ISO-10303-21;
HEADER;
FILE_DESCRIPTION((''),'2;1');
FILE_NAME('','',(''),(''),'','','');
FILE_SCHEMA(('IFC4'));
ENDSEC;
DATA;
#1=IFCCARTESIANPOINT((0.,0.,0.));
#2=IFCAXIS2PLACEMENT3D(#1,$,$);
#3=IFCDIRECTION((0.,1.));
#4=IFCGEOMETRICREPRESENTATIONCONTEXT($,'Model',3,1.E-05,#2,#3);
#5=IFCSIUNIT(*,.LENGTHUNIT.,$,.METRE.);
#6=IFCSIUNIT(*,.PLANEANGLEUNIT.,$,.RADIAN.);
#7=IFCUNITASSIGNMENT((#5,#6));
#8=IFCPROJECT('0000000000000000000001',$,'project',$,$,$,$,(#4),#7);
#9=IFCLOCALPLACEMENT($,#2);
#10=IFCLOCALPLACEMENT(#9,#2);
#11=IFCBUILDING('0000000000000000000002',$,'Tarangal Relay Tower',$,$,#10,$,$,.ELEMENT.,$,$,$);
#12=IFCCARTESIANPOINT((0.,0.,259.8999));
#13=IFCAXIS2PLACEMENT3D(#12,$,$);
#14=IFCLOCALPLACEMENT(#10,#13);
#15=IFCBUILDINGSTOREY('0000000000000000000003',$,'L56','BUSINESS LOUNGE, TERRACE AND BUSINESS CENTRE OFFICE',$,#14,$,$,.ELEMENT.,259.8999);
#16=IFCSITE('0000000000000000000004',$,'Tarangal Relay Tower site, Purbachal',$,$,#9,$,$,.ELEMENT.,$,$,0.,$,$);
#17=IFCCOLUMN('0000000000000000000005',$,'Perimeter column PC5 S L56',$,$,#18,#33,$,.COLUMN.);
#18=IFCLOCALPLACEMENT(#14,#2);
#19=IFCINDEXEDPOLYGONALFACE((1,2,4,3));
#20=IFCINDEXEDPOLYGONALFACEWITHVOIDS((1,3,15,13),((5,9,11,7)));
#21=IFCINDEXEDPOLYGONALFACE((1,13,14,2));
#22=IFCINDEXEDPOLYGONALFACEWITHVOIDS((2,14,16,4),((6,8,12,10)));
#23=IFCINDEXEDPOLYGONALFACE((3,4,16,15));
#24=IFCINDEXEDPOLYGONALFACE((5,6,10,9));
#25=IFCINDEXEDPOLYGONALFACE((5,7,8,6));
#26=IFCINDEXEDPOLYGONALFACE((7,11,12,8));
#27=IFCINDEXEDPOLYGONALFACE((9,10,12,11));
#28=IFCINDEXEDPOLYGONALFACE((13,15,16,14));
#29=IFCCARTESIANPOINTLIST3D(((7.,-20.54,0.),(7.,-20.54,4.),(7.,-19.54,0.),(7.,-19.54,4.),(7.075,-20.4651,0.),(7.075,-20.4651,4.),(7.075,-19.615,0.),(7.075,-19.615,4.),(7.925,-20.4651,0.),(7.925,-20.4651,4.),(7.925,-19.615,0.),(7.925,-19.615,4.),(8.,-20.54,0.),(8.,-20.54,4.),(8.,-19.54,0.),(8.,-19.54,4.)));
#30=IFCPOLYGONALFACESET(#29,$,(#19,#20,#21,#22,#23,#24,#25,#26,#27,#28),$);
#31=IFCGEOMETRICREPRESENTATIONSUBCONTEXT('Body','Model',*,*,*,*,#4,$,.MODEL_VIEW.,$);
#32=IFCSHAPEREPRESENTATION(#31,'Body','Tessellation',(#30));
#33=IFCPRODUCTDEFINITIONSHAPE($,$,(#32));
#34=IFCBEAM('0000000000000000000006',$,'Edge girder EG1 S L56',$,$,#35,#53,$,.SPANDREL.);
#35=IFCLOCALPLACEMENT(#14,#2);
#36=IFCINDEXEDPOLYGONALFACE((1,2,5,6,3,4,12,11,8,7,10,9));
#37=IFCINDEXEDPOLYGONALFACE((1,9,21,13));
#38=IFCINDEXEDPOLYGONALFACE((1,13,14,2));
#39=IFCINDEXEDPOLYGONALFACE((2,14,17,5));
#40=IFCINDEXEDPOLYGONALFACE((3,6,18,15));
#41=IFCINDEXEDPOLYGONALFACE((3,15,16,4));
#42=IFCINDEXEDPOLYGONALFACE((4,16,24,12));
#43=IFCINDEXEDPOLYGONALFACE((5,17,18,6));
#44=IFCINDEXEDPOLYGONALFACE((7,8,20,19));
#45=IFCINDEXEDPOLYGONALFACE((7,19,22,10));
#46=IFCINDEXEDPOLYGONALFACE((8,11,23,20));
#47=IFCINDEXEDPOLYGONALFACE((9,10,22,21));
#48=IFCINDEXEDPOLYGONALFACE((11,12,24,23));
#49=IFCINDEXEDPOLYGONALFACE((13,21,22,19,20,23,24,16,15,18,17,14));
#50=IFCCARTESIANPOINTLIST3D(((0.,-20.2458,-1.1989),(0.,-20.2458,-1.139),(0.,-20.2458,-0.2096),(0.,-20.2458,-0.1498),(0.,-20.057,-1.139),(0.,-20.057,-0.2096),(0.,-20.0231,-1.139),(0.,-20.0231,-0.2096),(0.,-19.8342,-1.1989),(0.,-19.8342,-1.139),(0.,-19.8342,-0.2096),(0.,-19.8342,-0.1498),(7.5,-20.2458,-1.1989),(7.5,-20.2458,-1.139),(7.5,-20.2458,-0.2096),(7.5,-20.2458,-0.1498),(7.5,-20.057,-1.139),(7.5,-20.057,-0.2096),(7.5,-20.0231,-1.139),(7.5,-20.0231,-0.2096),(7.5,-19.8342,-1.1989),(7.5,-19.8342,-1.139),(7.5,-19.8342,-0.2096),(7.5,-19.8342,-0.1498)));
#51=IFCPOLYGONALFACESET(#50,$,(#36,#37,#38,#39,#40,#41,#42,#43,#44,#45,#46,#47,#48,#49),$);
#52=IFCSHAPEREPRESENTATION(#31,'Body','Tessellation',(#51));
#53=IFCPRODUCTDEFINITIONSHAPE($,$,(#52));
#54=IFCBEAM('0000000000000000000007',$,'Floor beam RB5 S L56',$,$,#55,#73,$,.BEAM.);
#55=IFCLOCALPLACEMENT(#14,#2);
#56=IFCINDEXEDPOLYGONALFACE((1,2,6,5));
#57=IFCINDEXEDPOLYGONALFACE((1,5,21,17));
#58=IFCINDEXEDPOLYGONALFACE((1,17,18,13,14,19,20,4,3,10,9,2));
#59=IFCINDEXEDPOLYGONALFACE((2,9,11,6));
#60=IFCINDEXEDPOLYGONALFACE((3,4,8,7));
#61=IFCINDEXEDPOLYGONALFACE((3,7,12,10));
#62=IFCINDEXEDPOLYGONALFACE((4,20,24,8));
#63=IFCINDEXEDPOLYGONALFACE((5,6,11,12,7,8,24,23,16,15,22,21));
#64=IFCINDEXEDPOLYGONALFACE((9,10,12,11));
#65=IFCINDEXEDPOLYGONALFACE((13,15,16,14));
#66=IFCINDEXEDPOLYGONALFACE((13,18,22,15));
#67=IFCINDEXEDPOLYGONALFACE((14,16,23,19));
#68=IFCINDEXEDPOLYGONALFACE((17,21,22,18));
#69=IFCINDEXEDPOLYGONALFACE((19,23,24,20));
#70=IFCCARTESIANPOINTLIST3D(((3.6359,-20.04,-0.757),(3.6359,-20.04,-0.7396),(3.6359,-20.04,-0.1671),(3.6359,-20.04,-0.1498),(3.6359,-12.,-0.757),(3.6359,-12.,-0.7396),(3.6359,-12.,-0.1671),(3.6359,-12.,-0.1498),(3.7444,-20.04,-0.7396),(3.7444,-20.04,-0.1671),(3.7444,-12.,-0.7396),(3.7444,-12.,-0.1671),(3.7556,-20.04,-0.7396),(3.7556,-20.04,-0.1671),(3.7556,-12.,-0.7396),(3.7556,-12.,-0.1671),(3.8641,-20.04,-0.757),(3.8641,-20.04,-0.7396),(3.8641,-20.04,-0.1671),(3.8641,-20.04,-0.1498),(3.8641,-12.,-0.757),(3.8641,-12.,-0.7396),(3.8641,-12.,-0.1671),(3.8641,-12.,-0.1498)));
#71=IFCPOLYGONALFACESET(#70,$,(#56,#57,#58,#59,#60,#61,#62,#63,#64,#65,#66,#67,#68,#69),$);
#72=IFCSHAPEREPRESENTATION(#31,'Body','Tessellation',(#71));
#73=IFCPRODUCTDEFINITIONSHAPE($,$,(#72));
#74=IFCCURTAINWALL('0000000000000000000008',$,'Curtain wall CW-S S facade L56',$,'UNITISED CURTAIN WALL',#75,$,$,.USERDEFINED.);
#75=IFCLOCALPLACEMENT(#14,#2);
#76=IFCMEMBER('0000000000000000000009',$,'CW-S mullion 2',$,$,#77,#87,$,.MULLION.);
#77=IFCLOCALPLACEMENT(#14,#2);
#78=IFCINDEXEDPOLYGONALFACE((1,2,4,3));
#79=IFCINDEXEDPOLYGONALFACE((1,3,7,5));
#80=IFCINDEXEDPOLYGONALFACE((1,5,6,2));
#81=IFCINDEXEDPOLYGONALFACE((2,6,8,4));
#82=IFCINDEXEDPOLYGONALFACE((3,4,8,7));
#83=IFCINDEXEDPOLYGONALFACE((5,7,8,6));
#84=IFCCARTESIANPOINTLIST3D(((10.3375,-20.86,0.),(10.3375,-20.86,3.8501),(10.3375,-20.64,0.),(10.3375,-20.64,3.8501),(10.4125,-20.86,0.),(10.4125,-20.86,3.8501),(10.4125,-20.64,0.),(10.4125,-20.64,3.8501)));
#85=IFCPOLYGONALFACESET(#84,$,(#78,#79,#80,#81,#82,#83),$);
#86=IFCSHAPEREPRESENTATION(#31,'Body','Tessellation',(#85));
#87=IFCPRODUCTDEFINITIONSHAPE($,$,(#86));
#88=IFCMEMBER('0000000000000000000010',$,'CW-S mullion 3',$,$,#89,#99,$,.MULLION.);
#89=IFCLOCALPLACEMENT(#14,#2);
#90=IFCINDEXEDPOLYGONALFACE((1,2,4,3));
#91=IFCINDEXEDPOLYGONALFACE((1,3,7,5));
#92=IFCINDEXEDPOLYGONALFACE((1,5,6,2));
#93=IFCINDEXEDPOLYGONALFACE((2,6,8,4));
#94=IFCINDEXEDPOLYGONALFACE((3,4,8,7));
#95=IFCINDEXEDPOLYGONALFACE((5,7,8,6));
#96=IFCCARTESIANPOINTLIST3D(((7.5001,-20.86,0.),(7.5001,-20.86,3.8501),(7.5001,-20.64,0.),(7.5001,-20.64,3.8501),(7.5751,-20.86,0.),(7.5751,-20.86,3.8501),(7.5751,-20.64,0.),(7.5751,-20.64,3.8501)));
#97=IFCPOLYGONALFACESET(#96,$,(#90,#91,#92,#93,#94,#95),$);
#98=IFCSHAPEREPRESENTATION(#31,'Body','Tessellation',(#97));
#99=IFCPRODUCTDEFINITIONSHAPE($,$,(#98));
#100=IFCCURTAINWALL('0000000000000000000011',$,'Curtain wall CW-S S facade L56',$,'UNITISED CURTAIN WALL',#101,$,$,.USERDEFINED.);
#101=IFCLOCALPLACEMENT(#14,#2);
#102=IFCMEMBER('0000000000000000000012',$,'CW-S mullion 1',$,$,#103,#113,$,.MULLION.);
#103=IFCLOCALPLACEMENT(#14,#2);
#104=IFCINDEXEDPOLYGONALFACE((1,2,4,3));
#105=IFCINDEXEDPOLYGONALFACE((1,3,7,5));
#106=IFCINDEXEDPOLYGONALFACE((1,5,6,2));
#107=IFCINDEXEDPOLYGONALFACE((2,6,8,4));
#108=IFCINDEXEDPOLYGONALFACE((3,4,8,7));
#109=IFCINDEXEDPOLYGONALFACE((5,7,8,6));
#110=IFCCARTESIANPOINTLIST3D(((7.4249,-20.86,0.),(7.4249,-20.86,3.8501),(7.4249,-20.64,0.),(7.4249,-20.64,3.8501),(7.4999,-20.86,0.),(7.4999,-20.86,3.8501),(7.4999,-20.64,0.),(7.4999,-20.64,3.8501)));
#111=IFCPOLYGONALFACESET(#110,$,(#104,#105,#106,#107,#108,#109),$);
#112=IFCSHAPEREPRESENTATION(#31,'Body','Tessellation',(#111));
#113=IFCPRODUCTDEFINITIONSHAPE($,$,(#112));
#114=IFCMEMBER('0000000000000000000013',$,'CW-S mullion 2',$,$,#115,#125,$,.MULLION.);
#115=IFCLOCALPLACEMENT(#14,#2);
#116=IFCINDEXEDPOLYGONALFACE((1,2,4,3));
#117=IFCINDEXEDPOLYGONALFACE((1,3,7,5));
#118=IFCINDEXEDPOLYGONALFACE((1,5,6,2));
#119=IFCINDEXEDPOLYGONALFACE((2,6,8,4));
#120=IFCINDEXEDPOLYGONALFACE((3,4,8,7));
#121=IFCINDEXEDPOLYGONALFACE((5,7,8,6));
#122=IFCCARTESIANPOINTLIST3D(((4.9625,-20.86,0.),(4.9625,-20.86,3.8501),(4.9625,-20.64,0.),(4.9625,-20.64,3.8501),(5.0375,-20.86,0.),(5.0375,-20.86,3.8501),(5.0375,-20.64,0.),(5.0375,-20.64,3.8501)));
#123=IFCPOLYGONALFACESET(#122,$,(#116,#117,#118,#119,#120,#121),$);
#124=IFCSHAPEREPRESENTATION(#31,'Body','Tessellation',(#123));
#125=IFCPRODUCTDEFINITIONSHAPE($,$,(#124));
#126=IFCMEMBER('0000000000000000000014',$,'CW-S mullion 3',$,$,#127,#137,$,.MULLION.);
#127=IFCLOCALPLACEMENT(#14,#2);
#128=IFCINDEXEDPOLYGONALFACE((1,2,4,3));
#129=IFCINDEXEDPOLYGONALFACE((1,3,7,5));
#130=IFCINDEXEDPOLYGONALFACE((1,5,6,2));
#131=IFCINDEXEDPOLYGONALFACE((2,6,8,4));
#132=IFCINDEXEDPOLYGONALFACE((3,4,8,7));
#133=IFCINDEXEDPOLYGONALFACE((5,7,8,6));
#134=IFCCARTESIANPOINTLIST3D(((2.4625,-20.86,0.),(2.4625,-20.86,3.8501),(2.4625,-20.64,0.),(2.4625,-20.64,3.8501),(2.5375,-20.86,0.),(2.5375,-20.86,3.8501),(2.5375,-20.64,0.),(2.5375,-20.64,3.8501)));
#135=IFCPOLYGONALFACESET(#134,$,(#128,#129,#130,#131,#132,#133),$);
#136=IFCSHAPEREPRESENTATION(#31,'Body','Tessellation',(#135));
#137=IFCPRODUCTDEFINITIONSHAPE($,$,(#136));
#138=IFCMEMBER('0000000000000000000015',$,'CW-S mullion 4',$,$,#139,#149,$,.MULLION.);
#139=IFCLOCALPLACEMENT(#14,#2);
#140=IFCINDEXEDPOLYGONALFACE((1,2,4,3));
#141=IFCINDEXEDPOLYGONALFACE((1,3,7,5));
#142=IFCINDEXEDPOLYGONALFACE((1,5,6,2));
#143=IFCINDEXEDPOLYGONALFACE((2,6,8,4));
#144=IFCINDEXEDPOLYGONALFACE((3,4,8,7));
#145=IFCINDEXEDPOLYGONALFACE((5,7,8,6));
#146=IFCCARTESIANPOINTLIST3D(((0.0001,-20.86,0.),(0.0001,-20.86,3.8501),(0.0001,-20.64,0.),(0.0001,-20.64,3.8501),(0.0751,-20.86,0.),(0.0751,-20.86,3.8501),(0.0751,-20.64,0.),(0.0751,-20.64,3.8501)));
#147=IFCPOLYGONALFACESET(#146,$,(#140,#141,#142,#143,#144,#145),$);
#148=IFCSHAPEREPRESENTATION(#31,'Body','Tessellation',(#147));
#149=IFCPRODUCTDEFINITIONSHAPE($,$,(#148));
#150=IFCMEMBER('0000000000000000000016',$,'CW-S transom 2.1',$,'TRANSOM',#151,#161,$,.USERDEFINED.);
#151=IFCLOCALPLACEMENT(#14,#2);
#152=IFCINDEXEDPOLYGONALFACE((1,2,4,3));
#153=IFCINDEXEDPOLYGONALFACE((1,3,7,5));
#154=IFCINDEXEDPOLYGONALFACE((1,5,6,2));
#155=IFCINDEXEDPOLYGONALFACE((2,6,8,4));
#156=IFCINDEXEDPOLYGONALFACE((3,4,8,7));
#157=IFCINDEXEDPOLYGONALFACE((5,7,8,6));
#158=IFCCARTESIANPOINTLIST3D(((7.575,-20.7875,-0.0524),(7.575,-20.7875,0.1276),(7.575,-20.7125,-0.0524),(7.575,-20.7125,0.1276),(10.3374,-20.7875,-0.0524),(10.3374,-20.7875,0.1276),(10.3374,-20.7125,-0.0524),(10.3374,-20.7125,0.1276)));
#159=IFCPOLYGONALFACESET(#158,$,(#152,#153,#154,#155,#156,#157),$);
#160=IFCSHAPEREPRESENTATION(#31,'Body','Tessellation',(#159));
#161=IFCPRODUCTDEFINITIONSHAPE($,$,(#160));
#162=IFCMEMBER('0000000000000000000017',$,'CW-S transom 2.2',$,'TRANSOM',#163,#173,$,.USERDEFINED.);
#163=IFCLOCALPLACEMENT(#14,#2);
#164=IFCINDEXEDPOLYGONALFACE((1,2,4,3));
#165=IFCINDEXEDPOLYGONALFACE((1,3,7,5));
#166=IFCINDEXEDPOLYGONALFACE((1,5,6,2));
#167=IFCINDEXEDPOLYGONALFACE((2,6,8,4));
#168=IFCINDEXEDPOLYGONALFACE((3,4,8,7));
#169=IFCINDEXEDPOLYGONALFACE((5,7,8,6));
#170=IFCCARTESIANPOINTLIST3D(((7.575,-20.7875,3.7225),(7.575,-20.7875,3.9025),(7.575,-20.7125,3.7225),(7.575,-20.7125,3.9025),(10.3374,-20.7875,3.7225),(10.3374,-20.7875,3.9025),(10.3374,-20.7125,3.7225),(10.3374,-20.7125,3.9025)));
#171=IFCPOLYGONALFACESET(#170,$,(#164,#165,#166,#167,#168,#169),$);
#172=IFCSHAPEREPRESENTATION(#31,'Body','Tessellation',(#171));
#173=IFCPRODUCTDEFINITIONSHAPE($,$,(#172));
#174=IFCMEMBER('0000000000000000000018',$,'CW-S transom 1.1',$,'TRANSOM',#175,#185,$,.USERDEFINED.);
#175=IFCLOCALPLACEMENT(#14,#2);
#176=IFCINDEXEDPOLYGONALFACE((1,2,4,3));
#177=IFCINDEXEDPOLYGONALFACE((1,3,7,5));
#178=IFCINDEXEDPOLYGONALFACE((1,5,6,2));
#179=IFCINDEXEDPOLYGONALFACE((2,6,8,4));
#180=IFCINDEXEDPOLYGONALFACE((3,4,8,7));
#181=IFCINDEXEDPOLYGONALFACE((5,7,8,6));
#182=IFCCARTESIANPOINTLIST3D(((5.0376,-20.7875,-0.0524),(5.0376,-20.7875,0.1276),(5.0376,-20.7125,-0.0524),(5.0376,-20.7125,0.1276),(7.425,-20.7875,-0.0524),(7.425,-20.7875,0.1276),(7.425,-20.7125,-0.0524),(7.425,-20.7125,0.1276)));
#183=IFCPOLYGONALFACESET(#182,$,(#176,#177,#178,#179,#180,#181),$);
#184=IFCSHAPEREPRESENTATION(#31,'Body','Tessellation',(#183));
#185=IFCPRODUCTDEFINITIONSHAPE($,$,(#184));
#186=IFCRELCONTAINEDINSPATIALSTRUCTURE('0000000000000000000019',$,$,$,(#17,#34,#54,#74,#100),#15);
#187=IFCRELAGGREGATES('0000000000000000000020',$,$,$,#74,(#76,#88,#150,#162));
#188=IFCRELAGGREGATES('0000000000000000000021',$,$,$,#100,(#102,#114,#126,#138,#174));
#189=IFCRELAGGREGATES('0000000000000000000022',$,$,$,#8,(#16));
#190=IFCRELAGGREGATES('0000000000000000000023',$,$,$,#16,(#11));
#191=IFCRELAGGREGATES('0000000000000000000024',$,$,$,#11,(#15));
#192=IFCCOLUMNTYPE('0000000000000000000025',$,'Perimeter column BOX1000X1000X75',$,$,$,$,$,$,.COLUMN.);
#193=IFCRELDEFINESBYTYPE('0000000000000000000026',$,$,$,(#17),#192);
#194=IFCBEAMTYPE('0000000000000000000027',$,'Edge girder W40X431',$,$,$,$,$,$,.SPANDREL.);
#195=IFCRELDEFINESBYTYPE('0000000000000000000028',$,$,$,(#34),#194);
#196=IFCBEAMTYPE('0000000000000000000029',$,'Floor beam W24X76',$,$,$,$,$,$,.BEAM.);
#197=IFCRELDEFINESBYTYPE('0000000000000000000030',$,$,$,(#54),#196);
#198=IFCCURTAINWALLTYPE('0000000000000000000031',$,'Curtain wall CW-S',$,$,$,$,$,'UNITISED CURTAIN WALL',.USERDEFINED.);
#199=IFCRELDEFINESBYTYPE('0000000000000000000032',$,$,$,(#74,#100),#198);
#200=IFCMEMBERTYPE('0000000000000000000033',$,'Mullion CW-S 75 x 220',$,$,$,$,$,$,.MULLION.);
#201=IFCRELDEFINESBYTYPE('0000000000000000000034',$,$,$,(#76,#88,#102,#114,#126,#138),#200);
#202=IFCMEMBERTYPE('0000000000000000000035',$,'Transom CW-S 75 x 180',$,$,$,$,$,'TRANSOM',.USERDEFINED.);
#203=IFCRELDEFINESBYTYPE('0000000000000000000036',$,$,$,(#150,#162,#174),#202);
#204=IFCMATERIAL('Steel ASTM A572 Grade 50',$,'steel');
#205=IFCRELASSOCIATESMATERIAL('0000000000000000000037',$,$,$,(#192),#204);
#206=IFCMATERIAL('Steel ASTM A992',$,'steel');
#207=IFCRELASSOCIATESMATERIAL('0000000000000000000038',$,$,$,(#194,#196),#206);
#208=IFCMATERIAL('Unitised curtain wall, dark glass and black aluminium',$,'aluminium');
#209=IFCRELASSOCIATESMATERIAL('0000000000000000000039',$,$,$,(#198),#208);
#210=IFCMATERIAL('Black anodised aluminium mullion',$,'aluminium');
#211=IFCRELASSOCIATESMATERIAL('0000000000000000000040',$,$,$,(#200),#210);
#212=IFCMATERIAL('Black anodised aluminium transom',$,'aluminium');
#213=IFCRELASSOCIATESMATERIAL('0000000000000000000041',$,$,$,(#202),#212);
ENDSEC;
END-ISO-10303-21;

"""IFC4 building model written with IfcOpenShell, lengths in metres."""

from ifc_helpers import new_model, si_unit, direction, frame, origin, origin_2d, place, context, subcontext, project, spatial, rectangle, hollow_rectangle, i_section, extrude, material, material_profile, profile_set, type_object, element, aggregate, save


model = new_model("IFC4")

# Units and contexts
model_context = context("Model", 3, precision=1e-05, world=origin(), true_north=direction((0.0, 1.0)))
body_context = subcontext(model_context, "Body", "Model", "MODEL_VIEW")
ifc_project = project(units=[si_unit("LENGTHUNIT", "METRE"), si_unit("PLANEANGLEUNIT", "RADIAN")], contexts=[model_context])

# Site, building, storey
site_placement = place(None, origin())
site = spatial("IfcSite", under=ifc_project, at=site_placement, Name="Tarangal Relay Tower site, Purbachal", CompositionType="ELEMENT", RefElevation=0.0)
building_placement = place(site_placement, origin())
building = spatial("IfcBuilding", under=site, at=building_placement, Name="Tarangal Relay Tower", CompositionType="ELEMENT")
storey_placement = place(building_placement, frame((0.0, 0.0, 259.8999)))
storey = spatial("IfcBuildingStorey", under=building, at=storey_placement, Name="L56", Description="BUSINESS LOUNGE, TERRACE AND BUSINESS CENTRE OFFICE", CompositionType="ELEMENT", Elevation=259.8999)

# Column
ifc_material_1 = material(Name="Steel ASTM A572 Grade 50", Category="steel")
ifc_material_profile_1 = material_profile(ifc_material_1, hollow_rectangle(XDim=1.0, YDim=1.0, WallThickness=0.075, at=origin_2d()), Name="BOX1000X1000X75")
ifc_profile_set_1 = profile_set([ifc_material_profile_1], Name="Steel ASTM A572 Grade 50")
column_type = type_object("IfcColumnType", Name="Perimeter column BOX1000X1000X75", PredefinedType="COLUMN", material=ifc_profile_set_1)
column_placement = place(storey_placement, frame((7.5, -20.04, 0.0), z_axis=(0.0, 0.0, 1.0), x_axis=(1.0, 0.0, 0.0)))
element("IfcColumn", 1, at=column_placement, inside=storey, type_object=column_type, Name="Perimeter column PC5 S L56", PredefinedType="COLUMN", context=body_context, shape_type="SweptSolid", body=[
    extrude(hollow_rectangle(XDim=1.0, YDim=1.0, WallThickness=0.075, at=origin_2d()), origin(), (0.0, 0.0, 1.0), 4.0),
])

# Beams
ifc_material_2 = material(Name="Steel ASTM A992", Category="steel")
ifc_material_profile_2 = material_profile(ifc_material_2, i_section(OverallWidth=0.4116, OverallDepth=1.0491, WebThickness=0.0339, FlangeThickness=0.0598, at=origin_2d()), Name="W40X431")
ifc_profile_set_2 = profile_set([ifc_material_profile_2], Name="Steel ASTM A992")
beam_type_1 = type_object("IfcBeamType", Name="Edge girder W40X431", PredefinedType="SPANDREL", material=ifc_profile_set_2)
beam_1_placement = place(storey_placement, frame((7.5, -20.04, -0.6743), z_axis=(-1.0, 0.0, 0.0), x_axis=(0.0, -1.0, 0.0)))
element("IfcBeam", 2, at=beam_1_placement, inside=storey, type_object=beam_type_1, Name="Edge girder EG1 S L56", PredefinedType="SPANDREL", context=body_context, shape_type="SweptSolid", body=[
    extrude(i_section(OverallWidth=0.4116, OverallDepth=1.0491, WebThickness=0.0339, FlangeThickness=0.0598, at=origin_2d()), origin(), (0.0, 0.0, 1.0), 7.5),
])
ifc_material_profile_3 = material_profile(ifc_material_2, i_section(OverallWidth=0.2283, OverallDepth=0.6072, WebThickness=0.0112, FlangeThickness=0.0173, at=origin_2d()), Name="W24X76")
ifc_profile_set_3 = profile_set([ifc_material_profile_3], Name="Steel ASTM A992")
beam_type_2 = type_object("IfcBeamType", Name="Floor beam W24X76", PredefinedType="BEAM", material=ifc_profile_set_3)
beam_2_placement = place(storey_placement, frame((3.75, -12.0, -0.4534), z_axis=(0.0, -1.0, 0.0), x_axis=(1.0, 0.0, 0.0)))
element("IfcBeam", 3, at=beam_2_placement, inside=storey, type_object=beam_type_2, Name="Floor beam RB5 S L56", PredefinedType="BEAM", context=body_context, shape_type="SweptSolid", body=[
    extrude(i_section(OverallWidth=0.2283, OverallDepth=0.6072, WebThickness=0.0112, FlangeThickness=0.0173, at=origin_2d()), origin(), (0.0, 0.0, 1.0), 8.04),
])

# Curtain walls, members
ifc_material_3 = material(Name="Unitised curtain wall, dark glass and black aluminium", Category="aluminium")
curtain_wall_type = type_object("IfcCurtainWallType", Name="Curtain wall CW-S", ElementType="UNITISED CURTAIN WALL", PredefinedType="USERDEFINED", material=ifc_material_3)
curtain_wall_1_placement = place(storey_placement, origin())
curtain_wall_1 = element("IfcCurtainWall", 4, at=curtain_wall_1_placement, inside=storey, type_object=curtain_wall_type, Name="Curtain wall CW-S S facade L56", ObjectType="UNITISED CURTAIN WALL", PredefinedType="USERDEFINED")
ifc_material_4 = material(Name="Black anodised aluminium mullion", Category="aluminium")
ifc_material_profile_4 = material_profile(ifc_material_4, rectangle(XDim=0.22, YDim=0.075, at=origin_2d()), Name="CW-SM 75X220")
ifc_profile_set_4 = profile_set([ifc_material_profile_4], Name="Black anodised aluminium mullion")
member_type_1 = type_object("IfcMemberType", Name="Mullion CW-S 75 x 220", PredefinedType="MULLION", material=ifc_profile_set_4)
member_1_placement = place(storey_placement, frame((10.375, -20.75, 0.0), z_axis=(0.0, 0.0, 1.0), x_axis=(0.0, -1.0, 0.0)))
member_1 = element("IfcMember", 5, at=member_1_placement, type_object=member_type_1, Name="CW-S mullion 2", PredefinedType="MULLION", context=body_context, shape_type="SweptSolid", body=[
    extrude(rectangle(XDim=0.22, YDim=0.075, at=origin_2d()), origin(), (0.0, 0.0, 1.0), 3.8501),
])
member_2_placement = place(storey_placement, frame((7.5376, -20.75, 0.0), z_axis=(0.0, 0.0, 1.0), x_axis=(0.0, -1.0, 0.0)))
member_2 = element("IfcMember", 6, at=member_2_placement, type_object=member_type_1, Name="CW-S mullion 3", PredefinedType="MULLION", context=body_context, shape_type="SweptSolid", body=[
    extrude(rectangle(XDim=0.22, YDim=0.075, at=origin_2d()), origin(), (0.0, 0.0, 1.0), 3.8501),
])
curtain_wall_2_placement = place(storey_placement, origin())
curtain_wall_2 = element("IfcCurtainWall", 7, at=curtain_wall_2_placement, inside=storey, type_object=curtain_wall_type, Name="Curtain wall CW-S S facade L56", ObjectType="UNITISED CURTAIN WALL", PredefinedType="USERDEFINED")
member_3_placement = place(storey_placement, frame((7.4624, -20.75, 0.0), z_axis=(0.0, 0.0, 1.0), x_axis=(0.0, -1.0, 0.0)))
member_3 = element("IfcMember", 8, at=member_3_placement, type_object=member_type_1, Name="CW-S mullion 1", PredefinedType="MULLION", context=body_context, shape_type="SweptSolid", body=[
    extrude(rectangle(XDim=0.22, YDim=0.075, at=origin_2d()), origin(), (0.0, 0.0, 1.0), 3.8501),
])
member_4_placement = place(storey_placement, frame((5.0, -20.75, 0.0), z_axis=(0.0, 0.0, 1.0), x_axis=(0.0, -1.0, 0.0)))
member_4 = element("IfcMember", 9, at=member_4_placement, type_object=member_type_1, Name="CW-S mullion 2", PredefinedType="MULLION", context=body_context, shape_type="SweptSolid", body=[
    extrude(rectangle(XDim=0.22, YDim=0.075, at=origin_2d()), origin(), (0.0, 0.0, 1.0), 3.8501),
])
member_5_placement = place(storey_placement, frame((2.5, -20.75, 0.0), z_axis=(0.0, 0.0, 1.0), x_axis=(0.0, -1.0, 0.0)))
member_5 = element("IfcMember", 10, at=member_5_placement, type_object=member_type_1, Name="CW-S mullion 3", PredefinedType="MULLION", context=body_context, shape_type="SweptSolid", body=[
    extrude(rectangle(XDim=0.22, YDim=0.075, at=origin_2d()), origin(), (0.0, 0.0, 1.0), 3.8501),
])
member_6_placement = place(storey_placement, frame((0.0376, -20.75, 0.0), z_axis=(0.0, 0.0, 1.0), x_axis=(0.0, -1.0, 0.0)))
member_6 = element("IfcMember", 11, at=member_6_placement, type_object=member_type_1, Name="CW-S mullion 4", PredefinedType="MULLION", context=body_context, shape_type="SweptSolid", body=[
    extrude(rectangle(XDim=0.22, YDim=0.075, at=origin_2d()), origin(), (0.0, 0.0, 1.0), 3.8501),
])

# Members
ifc_material_5 = material(Name="Black anodised aluminium transom", Category="aluminium")
ifc_material_profile_5 = material_profile(ifc_material_5, rectangle(XDim=0.075, YDim=0.1799, at=origin_2d()), Name="CW-ST 75X180")
ifc_profile_set_5 = profile_set([ifc_material_profile_5], Name="Black anodised aluminium transom")
member_type_2 = type_object("IfcMemberType", Name="Transom CW-S 75 x 180", ElementType="TRANSOM", PredefinedType="USERDEFINED", material=ifc_profile_set_5)
member_7_placement = place(storey_placement, frame((10.3374, -20.75, 0.0376), z_axis=(-1.0, 0.0, 0.0), x_axis=(0.0, -1.0, 0.0)))
member_7 = element("IfcMember", 12, at=member_7_placement, type_object=member_type_2, Name="CW-S transom 2.1", ObjectType="TRANSOM", PredefinedType="USERDEFINED", context=body_context, shape_type="SweptSolid", body=[
    extrude(rectangle(XDim=0.075, YDim=0.1799, at=origin_2d()), origin(), (0.0, 0.0, 1.0), 2.7625),
])
member_8_placement = place(storey_placement, frame((10.3374, -20.75, 3.8125), z_axis=(-1.0, 0.0, 0.0), x_axis=(0.0, -1.0, 0.0)))
member_8 = element("IfcMember", 13, at=member_8_placement, type_object=member_type_2, Name="CW-S transom 2.2", ObjectType="TRANSOM", PredefinedType="USERDEFINED", context=body_context, shape_type="SweptSolid", body=[
    extrude(rectangle(XDim=0.075, YDim=0.1799, at=origin_2d()), origin(), (0.0, 0.0, 1.0), 2.7625),
])
member_9_placement = place(storey_placement, frame((7.425, -20.75, 0.0376), z_axis=(-1.0, 0.0, 0.0), x_axis=(0.0, -1.0, 0.0)))
member_9 = element("IfcMember", 14, at=member_9_placement, type_object=member_type_2, Name="CW-S transom 1.1", ObjectType="TRANSOM", PredefinedType="USERDEFINED", context=body_context, shape_type="SweptSolid", body=[
    extrude(rectangle(XDim=0.075, YDim=0.1799, at=origin_2d()), origin(), (0.0, 0.0, 1.0), 2.3875),
])

aggregate(curtain_wall_1, [member_1, member_2, member_7, member_8])
aggregate(curtain_wall_2, [member_3, member_4, member_5, member_6, member_9])

save(model, "model.ifc")
